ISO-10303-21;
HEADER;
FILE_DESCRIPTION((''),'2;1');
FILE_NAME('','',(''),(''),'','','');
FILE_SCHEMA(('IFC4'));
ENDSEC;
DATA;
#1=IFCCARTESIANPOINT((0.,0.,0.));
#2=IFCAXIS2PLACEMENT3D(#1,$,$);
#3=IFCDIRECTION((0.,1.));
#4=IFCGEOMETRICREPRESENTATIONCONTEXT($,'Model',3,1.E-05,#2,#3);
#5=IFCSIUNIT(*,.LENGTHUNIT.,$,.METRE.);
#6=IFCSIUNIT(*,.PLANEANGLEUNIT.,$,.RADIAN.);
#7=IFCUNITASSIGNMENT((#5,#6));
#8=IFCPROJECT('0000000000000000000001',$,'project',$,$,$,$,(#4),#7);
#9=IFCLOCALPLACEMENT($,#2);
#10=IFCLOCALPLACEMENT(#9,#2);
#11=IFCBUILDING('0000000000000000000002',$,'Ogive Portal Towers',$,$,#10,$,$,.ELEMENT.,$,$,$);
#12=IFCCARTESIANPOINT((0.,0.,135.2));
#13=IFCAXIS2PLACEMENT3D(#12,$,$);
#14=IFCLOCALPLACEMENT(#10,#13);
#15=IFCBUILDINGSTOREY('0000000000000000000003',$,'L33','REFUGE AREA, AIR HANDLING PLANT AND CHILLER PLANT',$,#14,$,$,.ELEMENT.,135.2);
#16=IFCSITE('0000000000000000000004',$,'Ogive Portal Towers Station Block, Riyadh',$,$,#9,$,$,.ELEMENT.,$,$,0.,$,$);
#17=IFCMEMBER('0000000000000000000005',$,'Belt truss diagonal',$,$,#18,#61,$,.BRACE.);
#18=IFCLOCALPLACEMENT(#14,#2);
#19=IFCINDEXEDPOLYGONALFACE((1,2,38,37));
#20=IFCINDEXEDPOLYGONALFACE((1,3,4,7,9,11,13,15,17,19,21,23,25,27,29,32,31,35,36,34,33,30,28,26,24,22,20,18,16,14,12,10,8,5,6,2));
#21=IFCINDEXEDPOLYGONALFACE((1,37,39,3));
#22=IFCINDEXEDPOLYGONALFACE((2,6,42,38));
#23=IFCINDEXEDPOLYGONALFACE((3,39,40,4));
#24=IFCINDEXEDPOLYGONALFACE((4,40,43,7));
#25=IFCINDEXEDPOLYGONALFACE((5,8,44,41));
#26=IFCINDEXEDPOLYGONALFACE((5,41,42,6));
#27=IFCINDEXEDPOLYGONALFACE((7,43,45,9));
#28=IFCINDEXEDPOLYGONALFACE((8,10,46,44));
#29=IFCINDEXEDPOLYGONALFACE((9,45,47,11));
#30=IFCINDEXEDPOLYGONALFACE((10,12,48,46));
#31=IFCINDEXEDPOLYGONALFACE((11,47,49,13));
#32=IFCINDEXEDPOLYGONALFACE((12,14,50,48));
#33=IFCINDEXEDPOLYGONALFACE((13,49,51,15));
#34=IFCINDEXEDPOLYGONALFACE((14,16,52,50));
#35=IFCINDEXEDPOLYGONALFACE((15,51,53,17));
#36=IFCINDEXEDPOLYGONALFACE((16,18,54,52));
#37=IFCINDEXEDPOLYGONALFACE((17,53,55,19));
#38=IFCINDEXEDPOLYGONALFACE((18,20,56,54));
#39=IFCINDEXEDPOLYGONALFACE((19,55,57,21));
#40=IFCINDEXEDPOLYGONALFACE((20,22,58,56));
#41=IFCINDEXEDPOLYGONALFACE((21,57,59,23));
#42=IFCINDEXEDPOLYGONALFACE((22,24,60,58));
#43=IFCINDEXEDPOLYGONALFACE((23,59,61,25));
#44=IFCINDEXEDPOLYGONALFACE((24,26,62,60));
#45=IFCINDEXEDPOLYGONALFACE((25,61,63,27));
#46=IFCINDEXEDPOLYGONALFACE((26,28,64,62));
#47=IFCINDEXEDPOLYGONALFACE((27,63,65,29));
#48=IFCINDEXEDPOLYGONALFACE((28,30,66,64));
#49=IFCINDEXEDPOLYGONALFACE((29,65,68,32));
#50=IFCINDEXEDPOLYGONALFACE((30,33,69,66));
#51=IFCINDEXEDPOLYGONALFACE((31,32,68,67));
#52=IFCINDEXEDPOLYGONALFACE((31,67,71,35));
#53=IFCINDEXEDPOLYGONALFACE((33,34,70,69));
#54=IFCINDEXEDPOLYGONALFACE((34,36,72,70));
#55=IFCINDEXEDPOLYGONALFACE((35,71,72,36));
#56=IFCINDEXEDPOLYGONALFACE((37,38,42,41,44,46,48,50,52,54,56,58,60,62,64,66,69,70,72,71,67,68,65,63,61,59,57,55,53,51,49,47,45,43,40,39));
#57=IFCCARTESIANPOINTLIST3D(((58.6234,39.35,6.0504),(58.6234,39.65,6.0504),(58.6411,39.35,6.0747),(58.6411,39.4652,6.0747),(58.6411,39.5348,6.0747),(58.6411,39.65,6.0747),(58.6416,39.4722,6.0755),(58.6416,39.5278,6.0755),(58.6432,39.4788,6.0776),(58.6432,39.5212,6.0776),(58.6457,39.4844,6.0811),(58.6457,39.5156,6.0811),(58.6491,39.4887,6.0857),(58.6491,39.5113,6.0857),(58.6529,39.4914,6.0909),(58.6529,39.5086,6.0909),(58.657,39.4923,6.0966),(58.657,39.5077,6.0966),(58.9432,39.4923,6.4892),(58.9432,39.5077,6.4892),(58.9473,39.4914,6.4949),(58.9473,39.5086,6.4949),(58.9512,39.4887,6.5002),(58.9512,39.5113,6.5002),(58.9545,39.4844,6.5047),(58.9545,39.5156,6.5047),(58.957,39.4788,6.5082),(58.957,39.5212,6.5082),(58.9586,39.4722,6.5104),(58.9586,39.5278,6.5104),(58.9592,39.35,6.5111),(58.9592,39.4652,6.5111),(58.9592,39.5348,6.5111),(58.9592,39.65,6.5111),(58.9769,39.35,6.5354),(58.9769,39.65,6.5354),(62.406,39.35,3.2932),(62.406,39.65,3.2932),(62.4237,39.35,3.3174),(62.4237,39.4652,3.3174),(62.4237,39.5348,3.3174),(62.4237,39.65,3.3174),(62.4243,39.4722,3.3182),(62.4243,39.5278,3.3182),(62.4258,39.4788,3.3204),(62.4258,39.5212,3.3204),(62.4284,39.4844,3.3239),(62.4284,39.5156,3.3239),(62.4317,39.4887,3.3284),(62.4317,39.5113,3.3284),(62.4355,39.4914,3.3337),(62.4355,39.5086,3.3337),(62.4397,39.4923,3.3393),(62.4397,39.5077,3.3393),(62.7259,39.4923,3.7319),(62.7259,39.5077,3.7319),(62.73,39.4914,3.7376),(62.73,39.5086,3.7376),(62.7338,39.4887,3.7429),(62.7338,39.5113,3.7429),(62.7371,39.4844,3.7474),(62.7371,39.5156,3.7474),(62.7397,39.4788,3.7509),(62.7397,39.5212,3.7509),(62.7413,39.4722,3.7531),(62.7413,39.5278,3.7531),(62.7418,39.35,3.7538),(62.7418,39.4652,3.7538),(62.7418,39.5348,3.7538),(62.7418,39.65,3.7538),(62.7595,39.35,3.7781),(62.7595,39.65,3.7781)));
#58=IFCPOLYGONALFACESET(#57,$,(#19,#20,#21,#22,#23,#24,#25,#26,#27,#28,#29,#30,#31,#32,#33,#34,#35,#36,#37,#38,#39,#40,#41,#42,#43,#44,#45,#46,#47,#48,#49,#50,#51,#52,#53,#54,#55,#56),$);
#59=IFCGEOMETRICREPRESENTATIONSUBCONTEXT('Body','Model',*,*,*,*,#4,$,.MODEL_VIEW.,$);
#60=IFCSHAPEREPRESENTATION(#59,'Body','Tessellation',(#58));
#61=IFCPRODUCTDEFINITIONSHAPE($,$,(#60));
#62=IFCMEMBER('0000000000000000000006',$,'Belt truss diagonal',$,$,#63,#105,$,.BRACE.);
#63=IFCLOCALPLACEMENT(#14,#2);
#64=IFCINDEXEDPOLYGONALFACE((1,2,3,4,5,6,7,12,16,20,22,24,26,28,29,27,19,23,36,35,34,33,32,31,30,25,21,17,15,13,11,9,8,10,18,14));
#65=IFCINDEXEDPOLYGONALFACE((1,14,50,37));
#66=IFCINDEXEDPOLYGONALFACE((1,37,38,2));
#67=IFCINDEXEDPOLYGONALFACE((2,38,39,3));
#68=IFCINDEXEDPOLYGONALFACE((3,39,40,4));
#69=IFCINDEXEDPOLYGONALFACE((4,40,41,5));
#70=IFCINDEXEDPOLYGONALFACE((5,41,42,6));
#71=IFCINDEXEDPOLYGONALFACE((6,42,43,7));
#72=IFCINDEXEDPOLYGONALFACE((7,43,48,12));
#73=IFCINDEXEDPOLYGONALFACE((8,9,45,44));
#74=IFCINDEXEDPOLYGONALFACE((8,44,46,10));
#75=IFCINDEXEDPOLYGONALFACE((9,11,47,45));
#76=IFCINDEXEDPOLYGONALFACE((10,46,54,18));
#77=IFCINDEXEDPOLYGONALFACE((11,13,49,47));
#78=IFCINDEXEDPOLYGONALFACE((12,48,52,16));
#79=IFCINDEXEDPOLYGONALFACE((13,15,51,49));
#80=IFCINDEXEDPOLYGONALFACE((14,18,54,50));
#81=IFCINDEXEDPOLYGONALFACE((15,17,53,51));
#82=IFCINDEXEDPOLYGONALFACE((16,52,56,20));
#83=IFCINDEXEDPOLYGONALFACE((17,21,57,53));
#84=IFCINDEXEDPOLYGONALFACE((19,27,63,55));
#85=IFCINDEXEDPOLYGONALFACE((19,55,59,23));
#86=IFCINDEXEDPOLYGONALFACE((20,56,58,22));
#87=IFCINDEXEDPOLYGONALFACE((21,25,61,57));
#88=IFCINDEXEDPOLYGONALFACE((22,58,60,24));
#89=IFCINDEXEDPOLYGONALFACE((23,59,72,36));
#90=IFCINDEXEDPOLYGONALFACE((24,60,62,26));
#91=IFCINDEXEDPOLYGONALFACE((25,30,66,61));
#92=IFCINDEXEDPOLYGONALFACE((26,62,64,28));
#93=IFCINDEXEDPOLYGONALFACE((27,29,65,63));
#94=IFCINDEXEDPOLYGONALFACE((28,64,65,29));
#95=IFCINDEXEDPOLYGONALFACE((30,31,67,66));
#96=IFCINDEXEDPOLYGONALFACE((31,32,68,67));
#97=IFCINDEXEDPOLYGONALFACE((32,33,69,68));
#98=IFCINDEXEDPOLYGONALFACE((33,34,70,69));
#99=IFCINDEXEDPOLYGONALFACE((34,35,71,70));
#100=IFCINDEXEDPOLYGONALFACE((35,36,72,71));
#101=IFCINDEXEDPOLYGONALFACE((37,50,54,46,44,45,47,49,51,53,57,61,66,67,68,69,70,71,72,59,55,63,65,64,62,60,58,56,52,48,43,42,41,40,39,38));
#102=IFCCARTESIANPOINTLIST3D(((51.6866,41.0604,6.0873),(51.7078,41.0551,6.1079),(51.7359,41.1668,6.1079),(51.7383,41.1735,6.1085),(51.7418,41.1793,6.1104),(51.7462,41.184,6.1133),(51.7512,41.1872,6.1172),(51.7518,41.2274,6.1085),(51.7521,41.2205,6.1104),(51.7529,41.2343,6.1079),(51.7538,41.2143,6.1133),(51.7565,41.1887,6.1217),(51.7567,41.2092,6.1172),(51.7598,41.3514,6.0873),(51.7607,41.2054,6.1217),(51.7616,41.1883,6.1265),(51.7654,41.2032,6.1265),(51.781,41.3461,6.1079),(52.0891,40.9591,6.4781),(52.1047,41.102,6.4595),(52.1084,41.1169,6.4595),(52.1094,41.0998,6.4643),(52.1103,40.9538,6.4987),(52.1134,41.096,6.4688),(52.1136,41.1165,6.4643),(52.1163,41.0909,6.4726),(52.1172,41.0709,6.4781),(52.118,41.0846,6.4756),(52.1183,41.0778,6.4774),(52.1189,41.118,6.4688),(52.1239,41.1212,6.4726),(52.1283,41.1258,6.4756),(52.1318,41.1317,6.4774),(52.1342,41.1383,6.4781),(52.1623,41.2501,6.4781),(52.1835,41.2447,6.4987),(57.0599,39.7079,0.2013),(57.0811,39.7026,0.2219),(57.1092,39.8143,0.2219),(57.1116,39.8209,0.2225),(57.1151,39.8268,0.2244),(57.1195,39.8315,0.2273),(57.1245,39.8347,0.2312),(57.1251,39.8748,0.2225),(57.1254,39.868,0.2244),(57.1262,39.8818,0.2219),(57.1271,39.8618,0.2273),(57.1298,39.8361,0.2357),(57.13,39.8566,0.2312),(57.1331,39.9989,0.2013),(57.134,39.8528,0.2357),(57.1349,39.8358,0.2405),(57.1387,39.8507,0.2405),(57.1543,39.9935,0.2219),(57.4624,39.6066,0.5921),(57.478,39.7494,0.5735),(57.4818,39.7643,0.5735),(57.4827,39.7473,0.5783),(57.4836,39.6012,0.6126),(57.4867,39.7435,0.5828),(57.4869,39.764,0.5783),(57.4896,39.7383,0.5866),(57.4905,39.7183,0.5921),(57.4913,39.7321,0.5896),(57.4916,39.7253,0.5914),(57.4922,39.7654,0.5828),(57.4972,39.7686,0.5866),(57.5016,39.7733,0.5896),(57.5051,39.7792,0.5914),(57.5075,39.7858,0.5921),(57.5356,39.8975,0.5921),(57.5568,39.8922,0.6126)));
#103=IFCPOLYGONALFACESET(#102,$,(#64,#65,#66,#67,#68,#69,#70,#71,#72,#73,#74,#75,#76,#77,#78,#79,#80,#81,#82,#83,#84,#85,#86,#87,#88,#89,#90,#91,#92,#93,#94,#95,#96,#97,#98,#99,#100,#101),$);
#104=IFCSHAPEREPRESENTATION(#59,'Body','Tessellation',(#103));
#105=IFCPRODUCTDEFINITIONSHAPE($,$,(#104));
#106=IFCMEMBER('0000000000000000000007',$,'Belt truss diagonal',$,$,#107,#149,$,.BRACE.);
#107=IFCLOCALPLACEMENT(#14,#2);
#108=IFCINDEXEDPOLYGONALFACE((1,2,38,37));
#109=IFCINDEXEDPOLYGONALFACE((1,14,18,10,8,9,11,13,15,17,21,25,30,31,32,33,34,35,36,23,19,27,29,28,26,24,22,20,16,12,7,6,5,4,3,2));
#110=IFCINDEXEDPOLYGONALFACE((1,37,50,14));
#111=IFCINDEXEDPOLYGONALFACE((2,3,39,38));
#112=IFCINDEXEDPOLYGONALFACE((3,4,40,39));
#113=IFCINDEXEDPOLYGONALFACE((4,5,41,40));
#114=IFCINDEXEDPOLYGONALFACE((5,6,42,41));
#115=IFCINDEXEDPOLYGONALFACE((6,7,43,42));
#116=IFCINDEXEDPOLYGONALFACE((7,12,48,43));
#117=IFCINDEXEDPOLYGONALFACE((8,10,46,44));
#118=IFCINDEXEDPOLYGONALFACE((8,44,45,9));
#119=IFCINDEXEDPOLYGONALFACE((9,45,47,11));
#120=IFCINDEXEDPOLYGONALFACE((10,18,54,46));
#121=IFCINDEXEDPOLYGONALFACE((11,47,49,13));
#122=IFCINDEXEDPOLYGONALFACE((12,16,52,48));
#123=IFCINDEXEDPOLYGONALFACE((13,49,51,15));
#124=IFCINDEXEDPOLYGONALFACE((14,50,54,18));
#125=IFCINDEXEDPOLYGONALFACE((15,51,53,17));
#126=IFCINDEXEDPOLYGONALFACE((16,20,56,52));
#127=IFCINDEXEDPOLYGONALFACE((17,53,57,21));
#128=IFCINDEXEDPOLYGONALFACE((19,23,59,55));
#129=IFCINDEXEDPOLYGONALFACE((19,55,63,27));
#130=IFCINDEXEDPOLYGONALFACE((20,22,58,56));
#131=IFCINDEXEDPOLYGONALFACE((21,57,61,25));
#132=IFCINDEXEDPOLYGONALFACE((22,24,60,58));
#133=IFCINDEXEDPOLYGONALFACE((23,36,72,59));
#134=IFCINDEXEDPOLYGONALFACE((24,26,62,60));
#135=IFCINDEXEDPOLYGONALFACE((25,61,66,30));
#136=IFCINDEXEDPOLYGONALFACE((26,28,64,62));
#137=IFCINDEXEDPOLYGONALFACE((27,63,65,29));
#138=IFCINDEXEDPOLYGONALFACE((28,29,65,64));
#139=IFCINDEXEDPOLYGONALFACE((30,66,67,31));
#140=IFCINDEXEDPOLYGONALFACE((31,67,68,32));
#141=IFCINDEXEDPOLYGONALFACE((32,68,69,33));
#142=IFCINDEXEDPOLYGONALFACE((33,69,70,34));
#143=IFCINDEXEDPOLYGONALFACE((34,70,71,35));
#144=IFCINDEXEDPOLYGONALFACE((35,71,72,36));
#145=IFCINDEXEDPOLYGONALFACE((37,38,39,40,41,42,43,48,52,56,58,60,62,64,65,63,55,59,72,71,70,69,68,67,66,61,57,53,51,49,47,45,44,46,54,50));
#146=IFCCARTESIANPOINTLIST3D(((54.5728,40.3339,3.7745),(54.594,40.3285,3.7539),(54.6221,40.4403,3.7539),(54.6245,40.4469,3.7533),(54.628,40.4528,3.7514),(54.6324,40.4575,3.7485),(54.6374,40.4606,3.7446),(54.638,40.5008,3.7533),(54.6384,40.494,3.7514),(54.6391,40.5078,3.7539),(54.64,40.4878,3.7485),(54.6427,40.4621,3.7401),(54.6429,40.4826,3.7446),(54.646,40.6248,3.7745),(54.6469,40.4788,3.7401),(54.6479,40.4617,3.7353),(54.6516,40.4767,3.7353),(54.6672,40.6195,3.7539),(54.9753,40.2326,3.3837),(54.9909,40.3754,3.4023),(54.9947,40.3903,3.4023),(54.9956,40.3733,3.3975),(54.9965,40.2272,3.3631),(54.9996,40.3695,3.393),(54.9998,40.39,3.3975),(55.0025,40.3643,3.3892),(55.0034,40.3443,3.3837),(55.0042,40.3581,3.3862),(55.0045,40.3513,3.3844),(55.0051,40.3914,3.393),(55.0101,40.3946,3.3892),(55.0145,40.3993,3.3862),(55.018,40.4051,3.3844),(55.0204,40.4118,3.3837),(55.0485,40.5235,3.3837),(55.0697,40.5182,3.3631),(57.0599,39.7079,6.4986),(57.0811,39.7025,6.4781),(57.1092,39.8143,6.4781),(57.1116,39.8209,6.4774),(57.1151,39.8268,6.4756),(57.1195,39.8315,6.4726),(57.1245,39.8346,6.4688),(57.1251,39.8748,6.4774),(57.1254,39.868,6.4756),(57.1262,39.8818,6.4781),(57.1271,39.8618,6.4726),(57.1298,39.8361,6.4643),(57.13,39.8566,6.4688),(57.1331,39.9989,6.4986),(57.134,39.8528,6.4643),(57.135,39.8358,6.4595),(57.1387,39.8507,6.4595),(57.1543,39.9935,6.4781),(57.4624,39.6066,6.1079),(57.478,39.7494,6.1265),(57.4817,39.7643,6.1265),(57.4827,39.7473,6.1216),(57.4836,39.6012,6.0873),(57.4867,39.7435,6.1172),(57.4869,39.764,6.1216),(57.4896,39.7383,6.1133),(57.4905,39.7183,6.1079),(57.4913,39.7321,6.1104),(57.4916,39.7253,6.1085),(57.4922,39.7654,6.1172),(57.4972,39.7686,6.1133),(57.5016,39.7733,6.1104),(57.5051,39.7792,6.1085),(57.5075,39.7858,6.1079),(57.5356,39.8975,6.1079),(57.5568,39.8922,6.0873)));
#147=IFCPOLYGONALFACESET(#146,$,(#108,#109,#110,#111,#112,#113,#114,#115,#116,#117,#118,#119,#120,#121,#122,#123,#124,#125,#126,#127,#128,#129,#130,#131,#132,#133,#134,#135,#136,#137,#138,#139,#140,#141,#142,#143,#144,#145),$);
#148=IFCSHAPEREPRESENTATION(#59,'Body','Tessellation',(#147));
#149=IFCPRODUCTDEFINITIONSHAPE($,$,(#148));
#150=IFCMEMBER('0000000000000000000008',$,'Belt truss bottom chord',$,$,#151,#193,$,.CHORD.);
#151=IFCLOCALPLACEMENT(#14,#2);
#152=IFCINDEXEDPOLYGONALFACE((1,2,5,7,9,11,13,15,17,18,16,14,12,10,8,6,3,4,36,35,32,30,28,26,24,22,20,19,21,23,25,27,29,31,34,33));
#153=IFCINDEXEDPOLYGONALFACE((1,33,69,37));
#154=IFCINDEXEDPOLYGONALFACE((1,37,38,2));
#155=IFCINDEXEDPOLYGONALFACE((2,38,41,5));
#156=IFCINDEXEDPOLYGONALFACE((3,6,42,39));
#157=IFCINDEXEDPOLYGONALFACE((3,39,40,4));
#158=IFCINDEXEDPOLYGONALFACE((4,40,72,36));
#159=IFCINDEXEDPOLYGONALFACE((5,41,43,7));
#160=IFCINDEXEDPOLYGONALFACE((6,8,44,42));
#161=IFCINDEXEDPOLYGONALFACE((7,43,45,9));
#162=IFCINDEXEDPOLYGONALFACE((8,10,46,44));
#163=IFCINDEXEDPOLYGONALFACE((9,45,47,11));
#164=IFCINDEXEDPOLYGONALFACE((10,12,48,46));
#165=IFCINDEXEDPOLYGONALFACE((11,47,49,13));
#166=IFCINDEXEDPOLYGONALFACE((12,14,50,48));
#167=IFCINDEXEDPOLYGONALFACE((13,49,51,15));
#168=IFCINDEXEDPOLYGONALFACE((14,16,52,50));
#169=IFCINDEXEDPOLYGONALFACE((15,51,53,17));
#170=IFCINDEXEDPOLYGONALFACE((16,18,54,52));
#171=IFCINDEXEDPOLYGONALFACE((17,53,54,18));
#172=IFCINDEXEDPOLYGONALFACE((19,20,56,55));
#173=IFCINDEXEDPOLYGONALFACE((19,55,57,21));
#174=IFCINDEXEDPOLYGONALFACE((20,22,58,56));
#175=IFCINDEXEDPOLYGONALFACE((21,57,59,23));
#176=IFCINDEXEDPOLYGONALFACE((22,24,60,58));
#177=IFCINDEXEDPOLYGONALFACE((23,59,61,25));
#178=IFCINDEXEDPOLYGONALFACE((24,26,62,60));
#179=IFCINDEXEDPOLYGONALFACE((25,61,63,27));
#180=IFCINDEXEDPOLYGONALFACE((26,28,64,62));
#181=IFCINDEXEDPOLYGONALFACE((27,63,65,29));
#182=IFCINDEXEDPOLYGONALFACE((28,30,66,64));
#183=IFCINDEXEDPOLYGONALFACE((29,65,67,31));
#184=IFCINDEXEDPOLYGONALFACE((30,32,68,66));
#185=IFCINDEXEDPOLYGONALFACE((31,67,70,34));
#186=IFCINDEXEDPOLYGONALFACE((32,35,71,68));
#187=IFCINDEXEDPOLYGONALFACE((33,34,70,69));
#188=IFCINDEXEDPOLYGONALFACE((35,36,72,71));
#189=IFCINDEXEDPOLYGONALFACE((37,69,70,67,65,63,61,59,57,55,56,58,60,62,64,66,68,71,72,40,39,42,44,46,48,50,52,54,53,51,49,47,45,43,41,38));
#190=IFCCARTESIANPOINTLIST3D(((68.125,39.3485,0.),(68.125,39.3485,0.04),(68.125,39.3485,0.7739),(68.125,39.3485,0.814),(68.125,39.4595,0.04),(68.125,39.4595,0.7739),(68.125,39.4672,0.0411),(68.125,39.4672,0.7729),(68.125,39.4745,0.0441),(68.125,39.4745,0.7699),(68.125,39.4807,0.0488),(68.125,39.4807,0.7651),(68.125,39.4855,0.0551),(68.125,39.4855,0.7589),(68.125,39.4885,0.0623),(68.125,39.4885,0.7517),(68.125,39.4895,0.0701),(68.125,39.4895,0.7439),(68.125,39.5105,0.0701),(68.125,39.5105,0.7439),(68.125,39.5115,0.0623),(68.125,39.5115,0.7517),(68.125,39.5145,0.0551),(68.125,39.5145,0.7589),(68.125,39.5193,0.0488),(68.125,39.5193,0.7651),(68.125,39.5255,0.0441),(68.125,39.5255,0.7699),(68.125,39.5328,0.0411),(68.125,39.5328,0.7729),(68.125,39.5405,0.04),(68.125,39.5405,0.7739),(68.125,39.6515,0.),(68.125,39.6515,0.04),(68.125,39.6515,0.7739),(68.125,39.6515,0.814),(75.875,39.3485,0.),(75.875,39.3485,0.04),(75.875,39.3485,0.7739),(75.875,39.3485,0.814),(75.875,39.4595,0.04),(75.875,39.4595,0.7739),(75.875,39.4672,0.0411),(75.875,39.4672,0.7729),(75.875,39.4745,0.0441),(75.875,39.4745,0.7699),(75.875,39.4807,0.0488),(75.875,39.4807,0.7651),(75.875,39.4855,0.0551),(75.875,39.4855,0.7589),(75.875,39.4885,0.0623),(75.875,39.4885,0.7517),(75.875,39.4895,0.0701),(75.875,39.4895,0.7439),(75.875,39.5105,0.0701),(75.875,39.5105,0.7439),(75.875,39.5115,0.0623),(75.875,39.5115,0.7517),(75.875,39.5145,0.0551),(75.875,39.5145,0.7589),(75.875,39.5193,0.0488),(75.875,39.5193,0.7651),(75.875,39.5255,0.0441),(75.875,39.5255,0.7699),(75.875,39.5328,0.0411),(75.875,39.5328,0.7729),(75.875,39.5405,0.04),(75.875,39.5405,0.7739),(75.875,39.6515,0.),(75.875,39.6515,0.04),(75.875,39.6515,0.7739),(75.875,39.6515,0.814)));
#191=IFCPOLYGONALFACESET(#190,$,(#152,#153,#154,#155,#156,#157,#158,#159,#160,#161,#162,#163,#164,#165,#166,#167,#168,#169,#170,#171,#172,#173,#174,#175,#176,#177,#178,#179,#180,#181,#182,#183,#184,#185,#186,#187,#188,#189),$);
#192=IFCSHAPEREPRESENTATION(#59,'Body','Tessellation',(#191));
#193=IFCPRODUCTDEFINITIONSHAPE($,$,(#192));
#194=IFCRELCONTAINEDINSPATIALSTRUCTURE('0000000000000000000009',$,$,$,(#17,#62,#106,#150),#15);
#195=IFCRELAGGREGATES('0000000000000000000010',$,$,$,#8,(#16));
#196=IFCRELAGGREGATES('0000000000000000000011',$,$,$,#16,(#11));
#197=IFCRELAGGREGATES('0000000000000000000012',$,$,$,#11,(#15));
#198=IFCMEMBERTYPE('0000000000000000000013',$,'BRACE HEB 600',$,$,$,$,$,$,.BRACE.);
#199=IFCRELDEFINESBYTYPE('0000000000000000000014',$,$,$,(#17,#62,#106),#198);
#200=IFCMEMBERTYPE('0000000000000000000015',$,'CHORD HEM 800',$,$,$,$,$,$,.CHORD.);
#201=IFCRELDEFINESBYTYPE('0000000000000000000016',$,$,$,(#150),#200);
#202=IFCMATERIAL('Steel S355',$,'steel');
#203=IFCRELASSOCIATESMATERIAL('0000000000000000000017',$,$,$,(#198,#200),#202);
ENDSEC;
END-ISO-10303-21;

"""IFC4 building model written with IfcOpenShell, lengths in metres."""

from ifc_helpers import new_model, si_unit, direction, frame, origin, origin_2d, place, context, subcontext, project, spatial, i_section, extrude, material, material_profile, profile_set, type_object, element, save


model = new_model("IFC4")

# Units and contexts
model_context = context("Model", 3, precision=1e-05, world=origin(), true_north=direction((0.0, 1.0)))
body_context = subcontext(model_context, "Body", "Model", "MODEL_VIEW")
ifc_project = project(units=[si_unit("LENGTHUNIT", "METRE"), si_unit("PLANEANGLEUNIT", "RADIAN")], contexts=[model_context])

# Site, building, storey
site_placement = place(None, origin())
site = spatial("IfcSite", under=ifc_project, at=site_placement, Name="Ogive Portal Towers Station Block, Riyadh", CompositionType="ELEMENT", RefElevation=0.0)
building_placement = place(site_placement, origin())
building = spatial("IfcBuilding", under=site, at=building_placement, Name="Ogive Portal Towers", CompositionType="ELEMENT")
storey_placement = place(building_placement, frame((0.0, 0.0, 135.2)))
storey = spatial("IfcBuildingStorey", under=building, at=storey_placement, Name="L33", Description="REFUGE AREA, AIR HANDLING PLANT AND CHILLER PLANT", CompositionType="ELEMENT", Elevation=135.2)

# Members
ifc_material_1 = material(Name="Steel S355", Category="steel")
ifc_material_profile_1 = material_profile(ifc_material_1, i_section(OverallWidth=0.3, OverallDepth=0.6001, WebThickness=0.0154, FlangeThickness=0.03, FilletRadius=0.0271, at=origin_2d()), Name="HEB 600")
ifc_profile_set_1 = profile_set([ifc_material_profile_1], Name="Steel S355")
member_type_1 = type_object("IfcMemberType", Name="BRACE HEB 600", PredefinedType="BRACE", material=ifc_profile_set_1)
member_1_placement = place(storey_placement, frame((62.5828, 39.5, 3.5356), z_axis=(-0.8081, 0.0, 0.589046), x_axis=(0.0, -1.0, 0.0)))
element("IfcMember", 1, at=member_1_placement, inside=storey, type_object=member_type_1, Name="Belt truss diagonal", PredefinedType="BRACE", context=body_context, shape_type="SweptSolid", body=[
    extrude(i_section(OverallWidth=0.3, OverallDepth=0.6001, WebThickness=0.0154, FlangeThickness=0.03, FilletRadius=0.0271, at=origin_2d()), origin(), (0.0, 0.0, 1.0), 4.6809),
])
member_2_placement = place(storey_placement, frame((57.3083, 39.8, 0.407), z_axis=(-0.664706, 0.167317, 0.728129), x_axis=(-0.244101, -0.96975, 0.0)))
element("IfcMember", 2, at=member_2_placement, inside=storey, type_object=member_type_1, Name="Belt truss diagonal", PredefinedType="BRACE", context=body_context, shape_type="SweptSolid", body=[
    extrude(i_section(OverallWidth=0.3, OverallDepth=0.6001, WebThickness=0.0154, FlangeThickness=0.03, FilletRadius=0.0271, at=origin_2d()), origin(), (0.0, 0.0, 1.0), 8.0837),
])
member_3_placement = place(storey_placement, frame((57.3083, 39.8, 6.293), z_axis=(-0.664739, 0.16731, -0.7281), x_axis=(-0.244081, -0.969755, 0.0)))
element("IfcMember", 3, at=member_3_placement, inside=storey, type_object=member_type_1, Name="Belt truss diagonal", PredefinedType="BRACE", context=body_context, shape_type="SweptSolid", body=[
    extrude(i_section(OverallWidth=0.3, OverallDepth=0.6001, WebThickness=0.0154, FlangeThickness=0.03, FilletRadius=0.0271, at=origin_2d()), origin(), (0.0, 0.0, 1.0), 3.7415),
])
ifc_material_profile_2 = material_profile(ifc_material_1, i_section(OverallWidth=0.303, OverallDepth=0.814, WebThickness=0.021, FlangeThickness=0.04, FilletRadius=0.03, at=origin_2d()), Name="HEM 800")
ifc_profile_set_2 = profile_set([ifc_material_profile_2], Name="Steel S355")
member_type_2 = type_object("IfcMemberType", Name="CHORD HEM 800", PredefinedType="CHORD", material=ifc_profile_set_2)
member_4_placement = place(storey_placement, frame((75.875, 39.5, 0.407), z_axis=(-1.0, 0.0, 0.0), x_axis=(0.0, -1.0, 0.0)))
element("IfcMember", 4, at=member_4_placement, inside=storey, type_object=member_type_2, Name="Belt truss bottom chord", PredefinedType="CHORD", context=body_context, shape_type="SweptSolid", body=[
    extrude(i_section(OverallWidth=0.303, OverallDepth=0.814, WebThickness=0.021, FlangeThickness=0.04, FilletRadius=0.03, at=origin_2d()), origin(), (0.0, 0.0, 1.0), 7.75),
])

save(model, "model.ifc")
